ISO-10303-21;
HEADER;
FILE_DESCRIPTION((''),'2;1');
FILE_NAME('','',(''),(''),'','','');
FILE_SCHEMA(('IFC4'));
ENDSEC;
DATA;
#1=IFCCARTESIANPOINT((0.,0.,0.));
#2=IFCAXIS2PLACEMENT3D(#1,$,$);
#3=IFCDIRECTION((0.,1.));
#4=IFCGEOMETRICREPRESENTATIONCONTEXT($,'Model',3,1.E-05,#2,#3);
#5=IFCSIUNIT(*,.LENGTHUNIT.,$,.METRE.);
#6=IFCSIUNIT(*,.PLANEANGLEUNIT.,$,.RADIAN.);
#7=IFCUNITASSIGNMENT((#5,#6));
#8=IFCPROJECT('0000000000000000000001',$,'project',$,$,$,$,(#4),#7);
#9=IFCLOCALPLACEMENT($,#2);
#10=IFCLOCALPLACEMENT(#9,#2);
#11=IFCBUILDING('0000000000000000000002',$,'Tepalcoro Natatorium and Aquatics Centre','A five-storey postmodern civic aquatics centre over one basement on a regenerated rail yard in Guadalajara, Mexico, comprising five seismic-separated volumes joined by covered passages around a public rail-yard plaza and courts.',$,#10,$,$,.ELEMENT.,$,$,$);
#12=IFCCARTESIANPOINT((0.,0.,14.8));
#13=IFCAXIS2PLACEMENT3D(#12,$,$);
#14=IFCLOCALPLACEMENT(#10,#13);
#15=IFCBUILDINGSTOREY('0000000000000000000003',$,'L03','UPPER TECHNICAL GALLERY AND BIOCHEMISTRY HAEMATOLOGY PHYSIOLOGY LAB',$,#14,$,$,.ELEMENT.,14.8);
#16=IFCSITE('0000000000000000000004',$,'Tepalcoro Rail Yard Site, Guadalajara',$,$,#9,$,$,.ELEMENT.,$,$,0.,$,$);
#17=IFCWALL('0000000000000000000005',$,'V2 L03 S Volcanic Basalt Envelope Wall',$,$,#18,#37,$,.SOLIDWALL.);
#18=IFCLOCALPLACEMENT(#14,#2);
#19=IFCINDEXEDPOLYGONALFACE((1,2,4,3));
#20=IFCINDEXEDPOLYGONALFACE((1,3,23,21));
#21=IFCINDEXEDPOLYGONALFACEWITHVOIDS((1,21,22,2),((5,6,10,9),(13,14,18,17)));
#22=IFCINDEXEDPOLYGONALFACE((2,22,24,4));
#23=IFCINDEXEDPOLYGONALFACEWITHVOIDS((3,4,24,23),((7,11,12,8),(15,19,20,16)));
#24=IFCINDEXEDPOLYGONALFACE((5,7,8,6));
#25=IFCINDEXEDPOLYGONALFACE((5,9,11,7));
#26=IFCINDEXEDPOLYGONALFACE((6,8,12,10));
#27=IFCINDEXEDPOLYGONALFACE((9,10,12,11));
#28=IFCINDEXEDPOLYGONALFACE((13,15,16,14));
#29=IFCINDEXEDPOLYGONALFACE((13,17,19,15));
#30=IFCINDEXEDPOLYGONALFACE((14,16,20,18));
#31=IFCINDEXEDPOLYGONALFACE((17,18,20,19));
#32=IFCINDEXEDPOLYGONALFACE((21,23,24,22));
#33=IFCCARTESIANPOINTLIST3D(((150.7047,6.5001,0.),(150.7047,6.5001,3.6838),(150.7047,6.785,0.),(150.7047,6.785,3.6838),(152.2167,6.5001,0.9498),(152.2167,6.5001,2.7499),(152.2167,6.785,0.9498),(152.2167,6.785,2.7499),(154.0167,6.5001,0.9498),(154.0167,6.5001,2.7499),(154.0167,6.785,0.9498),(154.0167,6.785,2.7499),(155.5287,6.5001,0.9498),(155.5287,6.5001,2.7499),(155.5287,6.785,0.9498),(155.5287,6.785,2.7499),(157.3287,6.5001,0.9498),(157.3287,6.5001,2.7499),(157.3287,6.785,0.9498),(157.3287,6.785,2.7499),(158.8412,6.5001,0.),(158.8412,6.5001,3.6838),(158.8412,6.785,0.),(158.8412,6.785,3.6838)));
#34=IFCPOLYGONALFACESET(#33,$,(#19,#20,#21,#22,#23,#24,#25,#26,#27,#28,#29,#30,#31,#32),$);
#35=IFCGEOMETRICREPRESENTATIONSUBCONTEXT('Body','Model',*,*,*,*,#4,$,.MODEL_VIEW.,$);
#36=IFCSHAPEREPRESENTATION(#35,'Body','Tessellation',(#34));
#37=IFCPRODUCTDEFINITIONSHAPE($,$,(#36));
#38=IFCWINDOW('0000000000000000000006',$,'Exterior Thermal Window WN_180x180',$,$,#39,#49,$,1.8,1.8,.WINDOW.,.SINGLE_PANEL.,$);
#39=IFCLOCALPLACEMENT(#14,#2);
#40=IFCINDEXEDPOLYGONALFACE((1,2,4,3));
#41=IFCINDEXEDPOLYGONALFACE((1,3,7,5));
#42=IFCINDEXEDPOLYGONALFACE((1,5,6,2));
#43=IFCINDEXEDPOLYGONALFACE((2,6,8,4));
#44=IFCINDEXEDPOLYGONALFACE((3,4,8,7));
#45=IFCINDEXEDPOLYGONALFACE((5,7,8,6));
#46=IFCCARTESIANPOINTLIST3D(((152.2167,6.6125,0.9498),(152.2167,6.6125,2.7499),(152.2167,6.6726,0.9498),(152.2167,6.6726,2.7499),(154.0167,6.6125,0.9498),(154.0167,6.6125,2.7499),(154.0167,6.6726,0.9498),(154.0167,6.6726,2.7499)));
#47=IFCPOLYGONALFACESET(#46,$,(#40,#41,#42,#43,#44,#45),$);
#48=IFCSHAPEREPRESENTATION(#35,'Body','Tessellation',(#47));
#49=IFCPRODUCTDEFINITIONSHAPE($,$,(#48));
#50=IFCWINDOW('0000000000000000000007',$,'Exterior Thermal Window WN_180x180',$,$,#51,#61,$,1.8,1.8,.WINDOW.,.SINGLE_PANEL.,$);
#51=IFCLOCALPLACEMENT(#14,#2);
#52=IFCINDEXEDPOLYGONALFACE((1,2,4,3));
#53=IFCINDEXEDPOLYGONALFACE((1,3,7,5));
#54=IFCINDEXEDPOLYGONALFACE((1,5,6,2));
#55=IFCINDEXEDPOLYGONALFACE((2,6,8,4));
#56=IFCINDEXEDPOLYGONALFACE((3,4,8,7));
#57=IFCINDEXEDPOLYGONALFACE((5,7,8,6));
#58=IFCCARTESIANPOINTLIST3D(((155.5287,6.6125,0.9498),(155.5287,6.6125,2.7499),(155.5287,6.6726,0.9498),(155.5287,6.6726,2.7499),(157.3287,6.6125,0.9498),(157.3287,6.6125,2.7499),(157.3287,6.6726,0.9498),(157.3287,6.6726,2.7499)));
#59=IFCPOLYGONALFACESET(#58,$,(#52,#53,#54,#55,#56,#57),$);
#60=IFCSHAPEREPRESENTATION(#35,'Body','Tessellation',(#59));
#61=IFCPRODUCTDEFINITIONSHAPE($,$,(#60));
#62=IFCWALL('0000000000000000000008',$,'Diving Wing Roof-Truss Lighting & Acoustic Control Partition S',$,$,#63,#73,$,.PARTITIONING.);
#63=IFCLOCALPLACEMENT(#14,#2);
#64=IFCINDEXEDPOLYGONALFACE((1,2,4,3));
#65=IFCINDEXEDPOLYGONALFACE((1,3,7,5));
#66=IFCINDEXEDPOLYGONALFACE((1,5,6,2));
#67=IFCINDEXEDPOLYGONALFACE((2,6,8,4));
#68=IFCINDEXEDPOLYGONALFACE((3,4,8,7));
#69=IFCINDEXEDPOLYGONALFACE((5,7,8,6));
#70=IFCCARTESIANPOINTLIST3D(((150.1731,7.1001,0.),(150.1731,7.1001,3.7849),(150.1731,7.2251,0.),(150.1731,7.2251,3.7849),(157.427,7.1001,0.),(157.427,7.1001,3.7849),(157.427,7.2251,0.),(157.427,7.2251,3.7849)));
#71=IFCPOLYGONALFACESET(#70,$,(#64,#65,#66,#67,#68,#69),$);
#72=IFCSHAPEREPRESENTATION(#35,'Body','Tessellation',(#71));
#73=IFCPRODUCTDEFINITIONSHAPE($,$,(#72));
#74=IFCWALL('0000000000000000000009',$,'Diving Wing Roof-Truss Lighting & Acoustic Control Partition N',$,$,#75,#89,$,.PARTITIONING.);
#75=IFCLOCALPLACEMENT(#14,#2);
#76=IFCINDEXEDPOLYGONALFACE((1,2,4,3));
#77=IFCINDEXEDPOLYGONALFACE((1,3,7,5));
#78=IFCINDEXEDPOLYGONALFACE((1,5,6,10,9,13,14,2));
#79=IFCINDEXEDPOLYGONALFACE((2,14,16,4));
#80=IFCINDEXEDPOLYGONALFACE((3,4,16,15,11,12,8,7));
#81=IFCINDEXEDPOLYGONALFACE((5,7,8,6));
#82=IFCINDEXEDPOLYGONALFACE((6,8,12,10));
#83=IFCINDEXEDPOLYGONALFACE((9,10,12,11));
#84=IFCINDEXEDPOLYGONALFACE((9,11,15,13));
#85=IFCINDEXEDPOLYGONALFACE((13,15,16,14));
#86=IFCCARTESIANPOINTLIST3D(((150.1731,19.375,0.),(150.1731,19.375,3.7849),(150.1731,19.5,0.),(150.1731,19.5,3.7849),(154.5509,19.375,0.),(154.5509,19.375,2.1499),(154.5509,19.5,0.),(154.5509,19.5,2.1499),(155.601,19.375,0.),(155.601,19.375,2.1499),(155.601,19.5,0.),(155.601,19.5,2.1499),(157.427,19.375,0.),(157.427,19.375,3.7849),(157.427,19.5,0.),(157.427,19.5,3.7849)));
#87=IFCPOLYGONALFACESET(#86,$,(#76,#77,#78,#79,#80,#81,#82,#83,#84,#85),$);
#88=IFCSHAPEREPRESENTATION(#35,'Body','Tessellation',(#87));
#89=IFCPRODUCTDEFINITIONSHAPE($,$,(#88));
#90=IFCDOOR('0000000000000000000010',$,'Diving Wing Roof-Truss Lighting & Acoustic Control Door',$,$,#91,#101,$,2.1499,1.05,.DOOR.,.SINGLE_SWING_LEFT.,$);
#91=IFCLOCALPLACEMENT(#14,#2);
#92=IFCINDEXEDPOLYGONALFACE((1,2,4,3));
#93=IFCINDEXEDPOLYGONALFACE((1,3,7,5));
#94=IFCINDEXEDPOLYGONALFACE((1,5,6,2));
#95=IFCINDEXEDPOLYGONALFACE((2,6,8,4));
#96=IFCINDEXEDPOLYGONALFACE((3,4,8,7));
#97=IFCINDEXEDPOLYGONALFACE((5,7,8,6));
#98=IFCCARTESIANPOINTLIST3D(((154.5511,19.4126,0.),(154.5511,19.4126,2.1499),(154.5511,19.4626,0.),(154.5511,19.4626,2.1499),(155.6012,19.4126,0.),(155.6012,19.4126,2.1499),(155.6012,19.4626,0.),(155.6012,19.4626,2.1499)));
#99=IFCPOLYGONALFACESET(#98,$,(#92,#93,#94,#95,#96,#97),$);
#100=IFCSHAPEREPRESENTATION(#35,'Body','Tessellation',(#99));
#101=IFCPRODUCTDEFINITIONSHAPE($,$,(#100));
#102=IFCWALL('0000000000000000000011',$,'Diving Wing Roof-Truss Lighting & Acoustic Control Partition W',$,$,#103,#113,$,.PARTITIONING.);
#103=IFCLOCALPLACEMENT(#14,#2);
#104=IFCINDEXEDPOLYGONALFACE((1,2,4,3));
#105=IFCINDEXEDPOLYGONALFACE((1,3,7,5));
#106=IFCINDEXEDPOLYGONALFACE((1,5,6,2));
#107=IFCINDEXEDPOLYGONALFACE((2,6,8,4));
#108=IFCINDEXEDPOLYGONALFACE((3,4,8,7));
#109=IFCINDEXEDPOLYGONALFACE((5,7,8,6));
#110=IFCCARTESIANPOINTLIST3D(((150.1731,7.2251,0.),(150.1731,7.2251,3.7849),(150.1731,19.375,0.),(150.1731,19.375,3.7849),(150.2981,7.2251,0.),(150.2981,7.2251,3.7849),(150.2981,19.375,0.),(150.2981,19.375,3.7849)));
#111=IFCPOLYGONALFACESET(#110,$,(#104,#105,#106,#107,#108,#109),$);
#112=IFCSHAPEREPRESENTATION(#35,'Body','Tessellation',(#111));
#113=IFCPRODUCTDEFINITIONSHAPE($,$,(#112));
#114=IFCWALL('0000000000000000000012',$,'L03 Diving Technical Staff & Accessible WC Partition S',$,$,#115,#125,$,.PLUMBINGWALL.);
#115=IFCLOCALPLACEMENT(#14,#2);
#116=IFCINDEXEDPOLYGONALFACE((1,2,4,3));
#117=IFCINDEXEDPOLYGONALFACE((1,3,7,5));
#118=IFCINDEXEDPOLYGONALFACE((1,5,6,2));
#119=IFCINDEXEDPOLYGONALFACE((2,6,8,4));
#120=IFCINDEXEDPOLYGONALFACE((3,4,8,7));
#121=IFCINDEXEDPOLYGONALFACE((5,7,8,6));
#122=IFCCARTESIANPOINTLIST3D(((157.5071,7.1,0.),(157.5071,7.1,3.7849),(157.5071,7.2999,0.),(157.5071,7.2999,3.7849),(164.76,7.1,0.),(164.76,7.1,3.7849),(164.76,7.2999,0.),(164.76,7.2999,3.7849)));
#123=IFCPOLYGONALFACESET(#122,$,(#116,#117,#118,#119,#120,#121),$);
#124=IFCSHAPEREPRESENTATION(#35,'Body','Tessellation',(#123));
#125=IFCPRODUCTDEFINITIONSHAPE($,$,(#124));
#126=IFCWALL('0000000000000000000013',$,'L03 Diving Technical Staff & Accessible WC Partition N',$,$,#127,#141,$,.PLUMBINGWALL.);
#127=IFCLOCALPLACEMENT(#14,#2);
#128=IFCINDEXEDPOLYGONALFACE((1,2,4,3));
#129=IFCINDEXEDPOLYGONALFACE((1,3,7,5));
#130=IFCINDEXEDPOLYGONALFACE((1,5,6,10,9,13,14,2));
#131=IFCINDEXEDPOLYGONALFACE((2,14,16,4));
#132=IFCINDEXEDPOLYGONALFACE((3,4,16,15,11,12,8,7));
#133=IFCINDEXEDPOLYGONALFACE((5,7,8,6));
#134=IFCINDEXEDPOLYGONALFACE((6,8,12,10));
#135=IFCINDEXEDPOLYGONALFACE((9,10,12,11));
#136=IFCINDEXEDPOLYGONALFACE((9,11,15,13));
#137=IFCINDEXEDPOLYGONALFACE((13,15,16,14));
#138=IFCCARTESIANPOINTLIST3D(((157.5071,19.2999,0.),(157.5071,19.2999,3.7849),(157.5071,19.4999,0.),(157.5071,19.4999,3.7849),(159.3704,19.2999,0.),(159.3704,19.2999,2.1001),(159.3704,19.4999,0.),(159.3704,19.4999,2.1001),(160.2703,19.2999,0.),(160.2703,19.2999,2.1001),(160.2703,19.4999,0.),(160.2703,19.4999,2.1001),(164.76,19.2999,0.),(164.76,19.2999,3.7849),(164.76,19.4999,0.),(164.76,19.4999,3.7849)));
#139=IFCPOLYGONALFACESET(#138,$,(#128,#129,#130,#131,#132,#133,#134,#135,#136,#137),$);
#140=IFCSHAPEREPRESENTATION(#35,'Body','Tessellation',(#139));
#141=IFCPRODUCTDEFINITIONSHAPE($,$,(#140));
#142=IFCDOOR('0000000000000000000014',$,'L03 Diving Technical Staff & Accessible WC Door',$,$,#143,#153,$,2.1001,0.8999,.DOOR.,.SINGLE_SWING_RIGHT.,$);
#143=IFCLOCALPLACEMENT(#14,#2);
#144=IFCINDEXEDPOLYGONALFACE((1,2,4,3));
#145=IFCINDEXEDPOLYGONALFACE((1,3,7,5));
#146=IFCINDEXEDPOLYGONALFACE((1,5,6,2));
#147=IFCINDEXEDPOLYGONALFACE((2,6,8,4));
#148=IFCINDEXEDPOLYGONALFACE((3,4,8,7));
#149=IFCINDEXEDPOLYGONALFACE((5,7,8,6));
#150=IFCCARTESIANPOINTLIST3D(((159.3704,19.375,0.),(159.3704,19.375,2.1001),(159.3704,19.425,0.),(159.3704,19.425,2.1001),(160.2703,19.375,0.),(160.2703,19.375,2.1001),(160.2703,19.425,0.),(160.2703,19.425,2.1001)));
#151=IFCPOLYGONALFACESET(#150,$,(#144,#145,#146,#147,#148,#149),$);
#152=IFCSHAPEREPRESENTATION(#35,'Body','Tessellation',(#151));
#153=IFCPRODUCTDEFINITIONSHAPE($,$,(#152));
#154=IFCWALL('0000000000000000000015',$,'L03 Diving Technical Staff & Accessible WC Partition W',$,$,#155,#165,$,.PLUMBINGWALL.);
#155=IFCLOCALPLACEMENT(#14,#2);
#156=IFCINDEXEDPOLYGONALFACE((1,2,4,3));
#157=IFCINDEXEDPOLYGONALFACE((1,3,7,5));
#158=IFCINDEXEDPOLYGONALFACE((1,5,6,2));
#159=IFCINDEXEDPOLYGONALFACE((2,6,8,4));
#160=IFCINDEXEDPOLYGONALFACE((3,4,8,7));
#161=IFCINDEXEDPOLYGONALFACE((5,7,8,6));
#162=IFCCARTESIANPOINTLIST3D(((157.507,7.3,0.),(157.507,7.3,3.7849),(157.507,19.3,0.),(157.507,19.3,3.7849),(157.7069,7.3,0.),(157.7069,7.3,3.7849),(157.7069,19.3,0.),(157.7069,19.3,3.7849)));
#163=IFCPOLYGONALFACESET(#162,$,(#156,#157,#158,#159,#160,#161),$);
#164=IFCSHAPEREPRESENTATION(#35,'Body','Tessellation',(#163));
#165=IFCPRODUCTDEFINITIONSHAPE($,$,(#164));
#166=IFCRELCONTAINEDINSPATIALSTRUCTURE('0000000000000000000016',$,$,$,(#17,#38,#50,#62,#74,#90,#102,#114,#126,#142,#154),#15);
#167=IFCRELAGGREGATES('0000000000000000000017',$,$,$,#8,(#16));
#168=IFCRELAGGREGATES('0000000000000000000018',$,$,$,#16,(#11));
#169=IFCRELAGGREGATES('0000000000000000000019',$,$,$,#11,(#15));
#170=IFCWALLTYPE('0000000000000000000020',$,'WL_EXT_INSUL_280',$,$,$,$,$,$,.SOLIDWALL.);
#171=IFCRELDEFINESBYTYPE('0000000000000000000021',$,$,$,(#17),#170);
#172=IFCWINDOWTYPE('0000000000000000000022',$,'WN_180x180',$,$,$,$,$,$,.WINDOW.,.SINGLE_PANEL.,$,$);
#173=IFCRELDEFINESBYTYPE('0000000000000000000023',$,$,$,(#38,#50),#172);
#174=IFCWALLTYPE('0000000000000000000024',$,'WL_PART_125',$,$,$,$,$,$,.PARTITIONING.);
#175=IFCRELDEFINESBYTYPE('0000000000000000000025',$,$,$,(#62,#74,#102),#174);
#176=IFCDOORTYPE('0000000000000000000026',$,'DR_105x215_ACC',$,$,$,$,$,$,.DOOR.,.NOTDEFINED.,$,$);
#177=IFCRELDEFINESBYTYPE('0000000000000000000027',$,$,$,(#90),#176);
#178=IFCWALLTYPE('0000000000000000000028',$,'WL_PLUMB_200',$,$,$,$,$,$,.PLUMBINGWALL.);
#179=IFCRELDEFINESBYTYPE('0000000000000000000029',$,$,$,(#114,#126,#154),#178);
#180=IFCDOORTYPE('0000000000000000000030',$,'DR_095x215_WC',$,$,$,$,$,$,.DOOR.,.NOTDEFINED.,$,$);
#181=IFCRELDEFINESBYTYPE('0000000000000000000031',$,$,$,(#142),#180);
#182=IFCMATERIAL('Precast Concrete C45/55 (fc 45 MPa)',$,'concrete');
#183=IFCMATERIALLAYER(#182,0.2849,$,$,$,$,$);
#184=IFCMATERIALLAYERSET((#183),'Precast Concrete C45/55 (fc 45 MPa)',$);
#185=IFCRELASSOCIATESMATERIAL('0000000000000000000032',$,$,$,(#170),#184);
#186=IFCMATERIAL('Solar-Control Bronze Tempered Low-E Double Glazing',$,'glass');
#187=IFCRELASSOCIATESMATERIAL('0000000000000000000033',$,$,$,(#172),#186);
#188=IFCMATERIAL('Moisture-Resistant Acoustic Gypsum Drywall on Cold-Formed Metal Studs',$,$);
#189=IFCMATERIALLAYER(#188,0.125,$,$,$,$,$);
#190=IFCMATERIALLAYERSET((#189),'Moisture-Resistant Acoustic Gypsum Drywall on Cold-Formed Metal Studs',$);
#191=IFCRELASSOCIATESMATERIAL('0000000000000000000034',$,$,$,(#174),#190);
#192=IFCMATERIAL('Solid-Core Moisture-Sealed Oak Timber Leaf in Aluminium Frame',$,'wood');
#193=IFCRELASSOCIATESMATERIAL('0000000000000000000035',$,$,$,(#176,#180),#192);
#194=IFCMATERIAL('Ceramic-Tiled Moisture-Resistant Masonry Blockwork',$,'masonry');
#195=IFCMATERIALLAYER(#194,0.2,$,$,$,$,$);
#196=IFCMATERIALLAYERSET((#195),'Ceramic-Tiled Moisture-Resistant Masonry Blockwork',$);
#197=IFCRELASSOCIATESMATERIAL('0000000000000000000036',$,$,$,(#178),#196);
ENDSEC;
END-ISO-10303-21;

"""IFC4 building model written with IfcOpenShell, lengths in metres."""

from ifc_helpers import new_model, si_unit, direction, frame, frame_2d, origin, place, context, subcontext, project, spatial, rectangle, extrude, material, layer, layer_set, type_object, element, fill, save


model = new_model("IFC4")

# Units and contexts
model_context = context("Model", 3, precision=1e-05, world=origin(), true_north=direction((0.0, 1.0)))
body_context = subcontext(model_context, "Body", "Model", "MODEL_VIEW")
ifc_project = project(units=[si_unit("LENGTHUNIT", "METRE"), si_unit("PLANEANGLEUNIT", "RADIAN")], contexts=[model_context])

# Site, building, storey
site_placement = place(None, origin())
site = spatial("IfcSite", under=ifc_project, at=site_placement, Name="Tepalcoro Rail Yard Site, Guadalajara", CompositionType="ELEMENT", RefElevation=0.0)
building_placement = place(site_placement, origin())
building = spatial("IfcBuilding", under=site, at=building_placement, Name="Tepalcoro Natatorium and Aquatics Centre", Description="A five-storey postmodern civic aquatics centre over one basement on a regenerated rail yard in Guadalajara, Mexico, comprising five seismic-separated volumes joined by covered passages around a public rail-yard plaza and courts.", CompositionType="ELEMENT")
storey_placement = place(building_placement, frame((0.0, 0.0, 14.8)))
storey = spatial("IfcBuildingStorey", under=building, at=storey_placement, Name="L03", Description="UPPER TECHNICAL GALLERY AND BIOCHEMISTRY HAEMATOLOGY PHYSIOLOGY LAB", CompositionType="ELEMENT", Elevation=14.8)

# Shared definitions
ifc_material_1 = material(Name="Solar-Control Bronze Tempered Low-E Double Glazing", Category="glass")

# Wall, openings, windows
ifc_material_2 = material(Name="Precast Concrete C45/55 (fc 45 MPa)", Category="concrete")
ifc_layer_1 = layer(ifc_material_2, 0.2849)
ifc_layer_set_1 = layer_set([ifc_layer_1], Name="Precast Concrete C45/55 (fc 45 MPa)")
wall_type_1 = type_object("IfcWallType", Name="WL_EXT_INSUL_280", PredefinedType="SOLIDWALL", material=ifc_layer_set_1)
wall_1_placement = place(storey_placement, frame((150.7046, 6.6426, 0.0), z_axis=(0.0, 0.0, 1.0), x_axis=(1.0, 0.0, 0.0)))
wall_1 = element("IfcWall", 1, at=wall_1_placement, inside=storey, type_object=wall_type_1, Name="V2 L03 S Volcanic Basalt Envelope Wall", PredefinedType="SOLIDWALL", context=body_context, shape_type="SweptSolid", body=[
    extrude(rectangle(XDim=8.1365, YDim=0.2849, at=frame_2d((4.0684, 0.0))), origin(), (0.0, 0.0, 1.0), 3.6838),
])
opening_1_placement = place(wall_1_placement, frame((1.5122, 0.0, 0.95)))
opening_1 = element("IfcOpeningElement", 2, at=opening_1_placement, cuts=wall_1, PredefinedType="OPENING", context=body_context, shape_type="SweptSolid", body=[
    extrude(rectangle(XDim=1.8, YDim=1.8, at=frame_2d((0.8999, 0.8999))), frame((0.0, 0.1543, 0.0), z_axis=(0.0, -1.0, 0.0), x_axis=(1.0, 0.0, 0.0)), (0.0, 0.0, 1.0), 0.3088),
])
opening_2_placement = place(wall_1_placement, frame((4.8242, 0.0, 0.95)))
opening_2 = element("IfcOpeningElement", 3, at=opening_2_placement, cuts=wall_1, PredefinedType="OPENING", context=body_context, shape_type="SweptSolid", body=[
    extrude(rectangle(XDim=1.8, YDim=1.8, at=frame_2d((0.8999, 0.8999))), frame((0.0, 0.1543, 0.0), z_axis=(0.0, -1.0, 0.0), x_axis=(1.0, 0.0, 0.0)), (0.0, 0.0, 1.0), 0.3088),
])
window_type = type_object("IfcWindowType", Name="WN_180x180", PartitioningType="SINGLE_PANEL", PredefinedType="WINDOW", material=ifc_material_1)
window_1_placement = place(opening_1_placement, origin())
window_1 = element("IfcWindow", 4, at=window_1_placement, inside=storey, type_object=window_type, Name="Exterior Thermal Window WN_180x180", OverallHeight=1.8, OverallWidth=1.8, PartitioningType="SINGLE_PANEL", PredefinedType="WINDOW", context=body_context, shape_type="SweptSolid", body=[
    extrude(rectangle(XDim=1.8, YDim=1.8, at=frame_2d((0.8999, 0.8999))), frame((0.0, 0.03, 0.0), z_axis=(0.0, -1.0, 0.0), x_axis=(1.0, 0.0, 0.0)), (0.0, 0.0, 1.0), 0.0601),
])
fill(opening_1, window_1)
window_2_placement = place(opening_2_placement, origin())
window_2 = element("IfcWindow", 5, at=window_2_placement, inside=storey, type_object=window_type, Name="Exterior Thermal Window WN_180x180", OverallHeight=1.8, OverallWidth=1.8, PartitioningType="SINGLE_PANEL", PredefinedType="WINDOW", context=body_context, shape_type="SweptSolid", body=[
    extrude(rectangle(XDim=1.8, YDim=1.8, at=frame_2d((0.8999, 0.8999))), frame((0.0, 0.03, 0.0), z_axis=(0.0, -1.0, 0.0), x_axis=(1.0, 0.0, 0.0)), (0.0, 0.0, 1.0), 0.0601),
])
fill(opening_2, window_2)

# Wall
ifc_material_3 = material(Name="Moisture-Resistant Acoustic Gypsum Drywall on Cold-Formed Metal Studs")
ifc_layer_2 = layer(ifc_material_3, 0.125)
ifc_layer_set_2 = layer_set([ifc_layer_2], Name="Moisture-Resistant Acoustic Gypsum Drywall on Cold-Formed Metal Studs")
wall_type_2 = type_object("IfcWallType", Name="WL_PART_125", PredefinedType="PARTITIONING", material=ifc_layer_set_2)
wall_2_placement = place(storey_placement, frame((150.1731, 7.1626, 0.0), z_axis=(0.0, 0.0, 1.0), x_axis=(1.0, 0.0, 0.0)))
element("IfcWall", 6, at=wall_2_placement, inside=storey, type_object=wall_type_2, Name="Diving Wing Roof-Truss Lighting & Acoustic Control Partition S", PredefinedType="PARTITIONING", context=body_context, shape_type="SweptSolid", body=[
    extrude(rectangle(XDim=7.2539, YDim=0.125, at=frame_2d((3.627, 0.0))), origin(), (0.0, 0.0, 1.0), 3.7849),
])

# Wall, opening, door
wall_3_placement = place(storey_placement, frame((150.1731, 19.4375, 0.0), z_axis=(0.0, 0.0, 1.0), x_axis=(1.0, 0.0, 0.0)))
wall_3 = element("IfcWall", 7, at=wall_3_placement, inside=storey, type_object=wall_type_2, Name="Diving Wing Roof-Truss Lighting & Acoustic Control Partition N", PredefinedType="PARTITIONING", context=body_context, shape_type="SweptSolid", body=[
    extrude(rectangle(XDim=7.2539, YDim=0.125, at=frame_2d((3.627, 0.0))), origin(), (0.0, 0.0, 1.0), 3.7849),
])
opening_3_placement = place(wall_3_placement, frame((4.3779, 0.0, 0.0)))
opening_3 = element("IfcOpeningElement", 8, at=opening_3_placement, cuts=wall_3, PredefinedType="OPENING", context=body_context, shape_type="SweptSolid", body=[
    extrude(rectangle(XDim=1.05, YDim=2.1499, at=frame_2d((0.5249, 1.075))), frame((0.0, 0.0745, 0.0), z_axis=(0.0, -1.0, 0.0), x_axis=(1.0, 0.0, 0.0)), (0.0, 0.0, 1.0), 0.1489),
])
ifc_material_4 = material(Name="Solid-Core Moisture-Sealed Oak Timber Leaf in Aluminium Frame", Category="wood")
door_type_1 = type_object("IfcDoorType", Name="DR_105x215_ACC", OperationType="NOTDEFINED", PredefinedType="DOOR", material=ifc_material_4)
door_1_placement = place(opening_3_placement, frame((1.05, 0.0, 0.0), z_axis=(0.0, 0.0, 1.0), x_axis=(-1.0, 0.0, 0.0)))
door_1 = element("IfcDoor", 9, at=door_1_placement, inside=storey, type_object=door_type_1, Name="Diving Wing Roof-Truss Lighting & Acoustic Control Door", OperationType="SINGLE_SWING_LEFT", OverallHeight=2.1499, OverallWidth=1.05, PredefinedType="DOOR", context=body_context, shape_type="SweptSolid", body=[
    extrude(rectangle(XDim=1.05, YDim=2.1499, at=frame_2d((0.5249, 1.075))), frame((0.0, 0.0249, 0.0), z_axis=(0.0, -1.0, 0.0), x_axis=(1.0, 0.0, 0.0)), (0.0, 0.0, 1.0), 0.05),
])
fill(opening_3, door_1)

# Walls
wall_4_placement = place(storey_placement, frame((150.2356, 7.2251, 0.0), z_axis=(0.0, 0.0, 1.0), x_axis=(0.0, 1.0, 0.0)))
element("IfcWall", 10, at=wall_4_placement, inside=storey, type_object=wall_type_2, Name="Diving Wing Roof-Truss Lighting & Acoustic Control Partition W", PredefinedType="PARTITIONING", context=body_context, shape_type="SweptSolid", body=[
    extrude(rectangle(XDim=12.1499, YDim=0.125, at=frame_2d((6.075, 0.0))), origin(), (0.0, 0.0, 1.0), 3.7849),
])
ifc_material_5 = material(Name="Ceramic-Tiled Moisture-Resistant Masonry Blockwork", Category="masonry")
ifc_layer_3 = layer(ifc_material_5, 0.2)
ifc_layer_set_3 = layer_set([ifc_layer_3], Name="Ceramic-Tiled Moisture-Resistant Masonry Blockwork")
wall_type_3 = type_object("IfcWallType", Name="WL_PLUMB_200", PredefinedType="PLUMBINGWALL", material=ifc_layer_set_3)
wall_5_placement = place(storey_placement, frame((157.5071, 7.2, 0.0), z_axis=(0.0, 0.0, 1.0), x_axis=(1.0, 0.0, 0.0)))
element("IfcWall", 11, at=wall_5_placement, inside=storey, type_object=wall_type_3, Name="L03 Diving Technical Staff & Accessible WC Partition S", PredefinedType="PLUMBINGWALL", context=body_context, shape_type="SweptSolid", body=[
    extrude(rectangle(XDim=7.2529, YDim=0.2, at=frame_2d((3.6265, 0.0))), origin(), (0.0, 0.0, 1.0), 3.7849),
])

# Wall, opening, door
wall_6_placement = place(storey_placement, frame((157.5071, 19.3999, 0.0), z_axis=(0.0, 0.0, 1.0), x_axis=(1.0, 0.0, 0.0)))
wall_6 = element("IfcWall", 12, at=wall_6_placement, inside=storey, type_object=wall_type_3, Name="L03 Diving Technical Staff & Accessible WC Partition N", PredefinedType="PLUMBINGWALL", context=body_context, shape_type="SweptSolid", body=[
    extrude(rectangle(XDim=7.2529, YDim=0.2, at=frame_2d((3.6265, 0.0))), origin(), (0.0, 0.0, 1.0), 3.7849),
])
opening_4_placement = place(wall_6_placement, frame((1.8633, 0.0, 0.0)))
opening_4 = element("IfcOpeningElement", 13, at=opening_4_placement, cuts=wall_6, PredefinedType="OPENING", context=body_context, shape_type="SweptSolid", body=[
    extrude(rectangle(XDim=0.8999, YDim=2.1001, at=frame_2d((0.45, 1.05))), frame((0.0, 0.1118, 0.0), z_axis=(0.0, -1.0, 0.0), x_axis=(1.0, 0.0, 0.0)), (0.0, 0.0, 1.0), 0.2239),
])
door_type_2 = type_object("IfcDoorType", Name="DR_095x215_WC", OperationType="NOTDEFINED", PredefinedType="DOOR", material=ifc_material_4)
door_2_placement = place(opening_4_placement, frame((0.8999, 0.0, 0.0), z_axis=(0.0, 0.0, 1.0), x_axis=(-1.0, 0.0, 0.0)))
door_2 = element("IfcDoor", 14, at=door_2_placement, inside=storey, type_object=door_type_2, Name="L03 Diving Technical Staff & Accessible WC Door", OperationType="SINGLE_SWING_RIGHT", OverallHeight=2.1001, OverallWidth=0.8999, PredefinedType="DOOR", context=body_context, shape_type="SweptSolid", body=[
    extrude(rectangle(XDim=0.8999, YDim=2.1001, at=frame_2d((0.45, 1.05))), frame((0.0, 0.0249, 0.0), z_axis=(0.0, -1.0, 0.0), x_axis=(1.0, 0.0, 0.0)), (0.0, 0.0, 1.0), 0.05),
])
fill(opening_4, door_2)

# Wall
wall_7_placement = place(storey_placement, frame((157.6069, 7.3, 0.0), z_axis=(0.0, 0.0, 1.0), x_axis=(0.0, 1.0, 0.0)))
element("IfcWall", 15, at=wall_7_placement, inside=storey, type_object=wall_type_3, Name="L03 Diving Technical Staff & Accessible WC Partition W", PredefinedType="PLUMBINGWALL", context=body_context, shape_type="SweptSolid", body=[
    extrude(rectangle(XDim=12.0, YDim=0.2, at=frame_2d((6.0, 0.0))), origin(), (0.0, 0.0, 1.0), 3.7849),
])

save(model, "model.ifc")
